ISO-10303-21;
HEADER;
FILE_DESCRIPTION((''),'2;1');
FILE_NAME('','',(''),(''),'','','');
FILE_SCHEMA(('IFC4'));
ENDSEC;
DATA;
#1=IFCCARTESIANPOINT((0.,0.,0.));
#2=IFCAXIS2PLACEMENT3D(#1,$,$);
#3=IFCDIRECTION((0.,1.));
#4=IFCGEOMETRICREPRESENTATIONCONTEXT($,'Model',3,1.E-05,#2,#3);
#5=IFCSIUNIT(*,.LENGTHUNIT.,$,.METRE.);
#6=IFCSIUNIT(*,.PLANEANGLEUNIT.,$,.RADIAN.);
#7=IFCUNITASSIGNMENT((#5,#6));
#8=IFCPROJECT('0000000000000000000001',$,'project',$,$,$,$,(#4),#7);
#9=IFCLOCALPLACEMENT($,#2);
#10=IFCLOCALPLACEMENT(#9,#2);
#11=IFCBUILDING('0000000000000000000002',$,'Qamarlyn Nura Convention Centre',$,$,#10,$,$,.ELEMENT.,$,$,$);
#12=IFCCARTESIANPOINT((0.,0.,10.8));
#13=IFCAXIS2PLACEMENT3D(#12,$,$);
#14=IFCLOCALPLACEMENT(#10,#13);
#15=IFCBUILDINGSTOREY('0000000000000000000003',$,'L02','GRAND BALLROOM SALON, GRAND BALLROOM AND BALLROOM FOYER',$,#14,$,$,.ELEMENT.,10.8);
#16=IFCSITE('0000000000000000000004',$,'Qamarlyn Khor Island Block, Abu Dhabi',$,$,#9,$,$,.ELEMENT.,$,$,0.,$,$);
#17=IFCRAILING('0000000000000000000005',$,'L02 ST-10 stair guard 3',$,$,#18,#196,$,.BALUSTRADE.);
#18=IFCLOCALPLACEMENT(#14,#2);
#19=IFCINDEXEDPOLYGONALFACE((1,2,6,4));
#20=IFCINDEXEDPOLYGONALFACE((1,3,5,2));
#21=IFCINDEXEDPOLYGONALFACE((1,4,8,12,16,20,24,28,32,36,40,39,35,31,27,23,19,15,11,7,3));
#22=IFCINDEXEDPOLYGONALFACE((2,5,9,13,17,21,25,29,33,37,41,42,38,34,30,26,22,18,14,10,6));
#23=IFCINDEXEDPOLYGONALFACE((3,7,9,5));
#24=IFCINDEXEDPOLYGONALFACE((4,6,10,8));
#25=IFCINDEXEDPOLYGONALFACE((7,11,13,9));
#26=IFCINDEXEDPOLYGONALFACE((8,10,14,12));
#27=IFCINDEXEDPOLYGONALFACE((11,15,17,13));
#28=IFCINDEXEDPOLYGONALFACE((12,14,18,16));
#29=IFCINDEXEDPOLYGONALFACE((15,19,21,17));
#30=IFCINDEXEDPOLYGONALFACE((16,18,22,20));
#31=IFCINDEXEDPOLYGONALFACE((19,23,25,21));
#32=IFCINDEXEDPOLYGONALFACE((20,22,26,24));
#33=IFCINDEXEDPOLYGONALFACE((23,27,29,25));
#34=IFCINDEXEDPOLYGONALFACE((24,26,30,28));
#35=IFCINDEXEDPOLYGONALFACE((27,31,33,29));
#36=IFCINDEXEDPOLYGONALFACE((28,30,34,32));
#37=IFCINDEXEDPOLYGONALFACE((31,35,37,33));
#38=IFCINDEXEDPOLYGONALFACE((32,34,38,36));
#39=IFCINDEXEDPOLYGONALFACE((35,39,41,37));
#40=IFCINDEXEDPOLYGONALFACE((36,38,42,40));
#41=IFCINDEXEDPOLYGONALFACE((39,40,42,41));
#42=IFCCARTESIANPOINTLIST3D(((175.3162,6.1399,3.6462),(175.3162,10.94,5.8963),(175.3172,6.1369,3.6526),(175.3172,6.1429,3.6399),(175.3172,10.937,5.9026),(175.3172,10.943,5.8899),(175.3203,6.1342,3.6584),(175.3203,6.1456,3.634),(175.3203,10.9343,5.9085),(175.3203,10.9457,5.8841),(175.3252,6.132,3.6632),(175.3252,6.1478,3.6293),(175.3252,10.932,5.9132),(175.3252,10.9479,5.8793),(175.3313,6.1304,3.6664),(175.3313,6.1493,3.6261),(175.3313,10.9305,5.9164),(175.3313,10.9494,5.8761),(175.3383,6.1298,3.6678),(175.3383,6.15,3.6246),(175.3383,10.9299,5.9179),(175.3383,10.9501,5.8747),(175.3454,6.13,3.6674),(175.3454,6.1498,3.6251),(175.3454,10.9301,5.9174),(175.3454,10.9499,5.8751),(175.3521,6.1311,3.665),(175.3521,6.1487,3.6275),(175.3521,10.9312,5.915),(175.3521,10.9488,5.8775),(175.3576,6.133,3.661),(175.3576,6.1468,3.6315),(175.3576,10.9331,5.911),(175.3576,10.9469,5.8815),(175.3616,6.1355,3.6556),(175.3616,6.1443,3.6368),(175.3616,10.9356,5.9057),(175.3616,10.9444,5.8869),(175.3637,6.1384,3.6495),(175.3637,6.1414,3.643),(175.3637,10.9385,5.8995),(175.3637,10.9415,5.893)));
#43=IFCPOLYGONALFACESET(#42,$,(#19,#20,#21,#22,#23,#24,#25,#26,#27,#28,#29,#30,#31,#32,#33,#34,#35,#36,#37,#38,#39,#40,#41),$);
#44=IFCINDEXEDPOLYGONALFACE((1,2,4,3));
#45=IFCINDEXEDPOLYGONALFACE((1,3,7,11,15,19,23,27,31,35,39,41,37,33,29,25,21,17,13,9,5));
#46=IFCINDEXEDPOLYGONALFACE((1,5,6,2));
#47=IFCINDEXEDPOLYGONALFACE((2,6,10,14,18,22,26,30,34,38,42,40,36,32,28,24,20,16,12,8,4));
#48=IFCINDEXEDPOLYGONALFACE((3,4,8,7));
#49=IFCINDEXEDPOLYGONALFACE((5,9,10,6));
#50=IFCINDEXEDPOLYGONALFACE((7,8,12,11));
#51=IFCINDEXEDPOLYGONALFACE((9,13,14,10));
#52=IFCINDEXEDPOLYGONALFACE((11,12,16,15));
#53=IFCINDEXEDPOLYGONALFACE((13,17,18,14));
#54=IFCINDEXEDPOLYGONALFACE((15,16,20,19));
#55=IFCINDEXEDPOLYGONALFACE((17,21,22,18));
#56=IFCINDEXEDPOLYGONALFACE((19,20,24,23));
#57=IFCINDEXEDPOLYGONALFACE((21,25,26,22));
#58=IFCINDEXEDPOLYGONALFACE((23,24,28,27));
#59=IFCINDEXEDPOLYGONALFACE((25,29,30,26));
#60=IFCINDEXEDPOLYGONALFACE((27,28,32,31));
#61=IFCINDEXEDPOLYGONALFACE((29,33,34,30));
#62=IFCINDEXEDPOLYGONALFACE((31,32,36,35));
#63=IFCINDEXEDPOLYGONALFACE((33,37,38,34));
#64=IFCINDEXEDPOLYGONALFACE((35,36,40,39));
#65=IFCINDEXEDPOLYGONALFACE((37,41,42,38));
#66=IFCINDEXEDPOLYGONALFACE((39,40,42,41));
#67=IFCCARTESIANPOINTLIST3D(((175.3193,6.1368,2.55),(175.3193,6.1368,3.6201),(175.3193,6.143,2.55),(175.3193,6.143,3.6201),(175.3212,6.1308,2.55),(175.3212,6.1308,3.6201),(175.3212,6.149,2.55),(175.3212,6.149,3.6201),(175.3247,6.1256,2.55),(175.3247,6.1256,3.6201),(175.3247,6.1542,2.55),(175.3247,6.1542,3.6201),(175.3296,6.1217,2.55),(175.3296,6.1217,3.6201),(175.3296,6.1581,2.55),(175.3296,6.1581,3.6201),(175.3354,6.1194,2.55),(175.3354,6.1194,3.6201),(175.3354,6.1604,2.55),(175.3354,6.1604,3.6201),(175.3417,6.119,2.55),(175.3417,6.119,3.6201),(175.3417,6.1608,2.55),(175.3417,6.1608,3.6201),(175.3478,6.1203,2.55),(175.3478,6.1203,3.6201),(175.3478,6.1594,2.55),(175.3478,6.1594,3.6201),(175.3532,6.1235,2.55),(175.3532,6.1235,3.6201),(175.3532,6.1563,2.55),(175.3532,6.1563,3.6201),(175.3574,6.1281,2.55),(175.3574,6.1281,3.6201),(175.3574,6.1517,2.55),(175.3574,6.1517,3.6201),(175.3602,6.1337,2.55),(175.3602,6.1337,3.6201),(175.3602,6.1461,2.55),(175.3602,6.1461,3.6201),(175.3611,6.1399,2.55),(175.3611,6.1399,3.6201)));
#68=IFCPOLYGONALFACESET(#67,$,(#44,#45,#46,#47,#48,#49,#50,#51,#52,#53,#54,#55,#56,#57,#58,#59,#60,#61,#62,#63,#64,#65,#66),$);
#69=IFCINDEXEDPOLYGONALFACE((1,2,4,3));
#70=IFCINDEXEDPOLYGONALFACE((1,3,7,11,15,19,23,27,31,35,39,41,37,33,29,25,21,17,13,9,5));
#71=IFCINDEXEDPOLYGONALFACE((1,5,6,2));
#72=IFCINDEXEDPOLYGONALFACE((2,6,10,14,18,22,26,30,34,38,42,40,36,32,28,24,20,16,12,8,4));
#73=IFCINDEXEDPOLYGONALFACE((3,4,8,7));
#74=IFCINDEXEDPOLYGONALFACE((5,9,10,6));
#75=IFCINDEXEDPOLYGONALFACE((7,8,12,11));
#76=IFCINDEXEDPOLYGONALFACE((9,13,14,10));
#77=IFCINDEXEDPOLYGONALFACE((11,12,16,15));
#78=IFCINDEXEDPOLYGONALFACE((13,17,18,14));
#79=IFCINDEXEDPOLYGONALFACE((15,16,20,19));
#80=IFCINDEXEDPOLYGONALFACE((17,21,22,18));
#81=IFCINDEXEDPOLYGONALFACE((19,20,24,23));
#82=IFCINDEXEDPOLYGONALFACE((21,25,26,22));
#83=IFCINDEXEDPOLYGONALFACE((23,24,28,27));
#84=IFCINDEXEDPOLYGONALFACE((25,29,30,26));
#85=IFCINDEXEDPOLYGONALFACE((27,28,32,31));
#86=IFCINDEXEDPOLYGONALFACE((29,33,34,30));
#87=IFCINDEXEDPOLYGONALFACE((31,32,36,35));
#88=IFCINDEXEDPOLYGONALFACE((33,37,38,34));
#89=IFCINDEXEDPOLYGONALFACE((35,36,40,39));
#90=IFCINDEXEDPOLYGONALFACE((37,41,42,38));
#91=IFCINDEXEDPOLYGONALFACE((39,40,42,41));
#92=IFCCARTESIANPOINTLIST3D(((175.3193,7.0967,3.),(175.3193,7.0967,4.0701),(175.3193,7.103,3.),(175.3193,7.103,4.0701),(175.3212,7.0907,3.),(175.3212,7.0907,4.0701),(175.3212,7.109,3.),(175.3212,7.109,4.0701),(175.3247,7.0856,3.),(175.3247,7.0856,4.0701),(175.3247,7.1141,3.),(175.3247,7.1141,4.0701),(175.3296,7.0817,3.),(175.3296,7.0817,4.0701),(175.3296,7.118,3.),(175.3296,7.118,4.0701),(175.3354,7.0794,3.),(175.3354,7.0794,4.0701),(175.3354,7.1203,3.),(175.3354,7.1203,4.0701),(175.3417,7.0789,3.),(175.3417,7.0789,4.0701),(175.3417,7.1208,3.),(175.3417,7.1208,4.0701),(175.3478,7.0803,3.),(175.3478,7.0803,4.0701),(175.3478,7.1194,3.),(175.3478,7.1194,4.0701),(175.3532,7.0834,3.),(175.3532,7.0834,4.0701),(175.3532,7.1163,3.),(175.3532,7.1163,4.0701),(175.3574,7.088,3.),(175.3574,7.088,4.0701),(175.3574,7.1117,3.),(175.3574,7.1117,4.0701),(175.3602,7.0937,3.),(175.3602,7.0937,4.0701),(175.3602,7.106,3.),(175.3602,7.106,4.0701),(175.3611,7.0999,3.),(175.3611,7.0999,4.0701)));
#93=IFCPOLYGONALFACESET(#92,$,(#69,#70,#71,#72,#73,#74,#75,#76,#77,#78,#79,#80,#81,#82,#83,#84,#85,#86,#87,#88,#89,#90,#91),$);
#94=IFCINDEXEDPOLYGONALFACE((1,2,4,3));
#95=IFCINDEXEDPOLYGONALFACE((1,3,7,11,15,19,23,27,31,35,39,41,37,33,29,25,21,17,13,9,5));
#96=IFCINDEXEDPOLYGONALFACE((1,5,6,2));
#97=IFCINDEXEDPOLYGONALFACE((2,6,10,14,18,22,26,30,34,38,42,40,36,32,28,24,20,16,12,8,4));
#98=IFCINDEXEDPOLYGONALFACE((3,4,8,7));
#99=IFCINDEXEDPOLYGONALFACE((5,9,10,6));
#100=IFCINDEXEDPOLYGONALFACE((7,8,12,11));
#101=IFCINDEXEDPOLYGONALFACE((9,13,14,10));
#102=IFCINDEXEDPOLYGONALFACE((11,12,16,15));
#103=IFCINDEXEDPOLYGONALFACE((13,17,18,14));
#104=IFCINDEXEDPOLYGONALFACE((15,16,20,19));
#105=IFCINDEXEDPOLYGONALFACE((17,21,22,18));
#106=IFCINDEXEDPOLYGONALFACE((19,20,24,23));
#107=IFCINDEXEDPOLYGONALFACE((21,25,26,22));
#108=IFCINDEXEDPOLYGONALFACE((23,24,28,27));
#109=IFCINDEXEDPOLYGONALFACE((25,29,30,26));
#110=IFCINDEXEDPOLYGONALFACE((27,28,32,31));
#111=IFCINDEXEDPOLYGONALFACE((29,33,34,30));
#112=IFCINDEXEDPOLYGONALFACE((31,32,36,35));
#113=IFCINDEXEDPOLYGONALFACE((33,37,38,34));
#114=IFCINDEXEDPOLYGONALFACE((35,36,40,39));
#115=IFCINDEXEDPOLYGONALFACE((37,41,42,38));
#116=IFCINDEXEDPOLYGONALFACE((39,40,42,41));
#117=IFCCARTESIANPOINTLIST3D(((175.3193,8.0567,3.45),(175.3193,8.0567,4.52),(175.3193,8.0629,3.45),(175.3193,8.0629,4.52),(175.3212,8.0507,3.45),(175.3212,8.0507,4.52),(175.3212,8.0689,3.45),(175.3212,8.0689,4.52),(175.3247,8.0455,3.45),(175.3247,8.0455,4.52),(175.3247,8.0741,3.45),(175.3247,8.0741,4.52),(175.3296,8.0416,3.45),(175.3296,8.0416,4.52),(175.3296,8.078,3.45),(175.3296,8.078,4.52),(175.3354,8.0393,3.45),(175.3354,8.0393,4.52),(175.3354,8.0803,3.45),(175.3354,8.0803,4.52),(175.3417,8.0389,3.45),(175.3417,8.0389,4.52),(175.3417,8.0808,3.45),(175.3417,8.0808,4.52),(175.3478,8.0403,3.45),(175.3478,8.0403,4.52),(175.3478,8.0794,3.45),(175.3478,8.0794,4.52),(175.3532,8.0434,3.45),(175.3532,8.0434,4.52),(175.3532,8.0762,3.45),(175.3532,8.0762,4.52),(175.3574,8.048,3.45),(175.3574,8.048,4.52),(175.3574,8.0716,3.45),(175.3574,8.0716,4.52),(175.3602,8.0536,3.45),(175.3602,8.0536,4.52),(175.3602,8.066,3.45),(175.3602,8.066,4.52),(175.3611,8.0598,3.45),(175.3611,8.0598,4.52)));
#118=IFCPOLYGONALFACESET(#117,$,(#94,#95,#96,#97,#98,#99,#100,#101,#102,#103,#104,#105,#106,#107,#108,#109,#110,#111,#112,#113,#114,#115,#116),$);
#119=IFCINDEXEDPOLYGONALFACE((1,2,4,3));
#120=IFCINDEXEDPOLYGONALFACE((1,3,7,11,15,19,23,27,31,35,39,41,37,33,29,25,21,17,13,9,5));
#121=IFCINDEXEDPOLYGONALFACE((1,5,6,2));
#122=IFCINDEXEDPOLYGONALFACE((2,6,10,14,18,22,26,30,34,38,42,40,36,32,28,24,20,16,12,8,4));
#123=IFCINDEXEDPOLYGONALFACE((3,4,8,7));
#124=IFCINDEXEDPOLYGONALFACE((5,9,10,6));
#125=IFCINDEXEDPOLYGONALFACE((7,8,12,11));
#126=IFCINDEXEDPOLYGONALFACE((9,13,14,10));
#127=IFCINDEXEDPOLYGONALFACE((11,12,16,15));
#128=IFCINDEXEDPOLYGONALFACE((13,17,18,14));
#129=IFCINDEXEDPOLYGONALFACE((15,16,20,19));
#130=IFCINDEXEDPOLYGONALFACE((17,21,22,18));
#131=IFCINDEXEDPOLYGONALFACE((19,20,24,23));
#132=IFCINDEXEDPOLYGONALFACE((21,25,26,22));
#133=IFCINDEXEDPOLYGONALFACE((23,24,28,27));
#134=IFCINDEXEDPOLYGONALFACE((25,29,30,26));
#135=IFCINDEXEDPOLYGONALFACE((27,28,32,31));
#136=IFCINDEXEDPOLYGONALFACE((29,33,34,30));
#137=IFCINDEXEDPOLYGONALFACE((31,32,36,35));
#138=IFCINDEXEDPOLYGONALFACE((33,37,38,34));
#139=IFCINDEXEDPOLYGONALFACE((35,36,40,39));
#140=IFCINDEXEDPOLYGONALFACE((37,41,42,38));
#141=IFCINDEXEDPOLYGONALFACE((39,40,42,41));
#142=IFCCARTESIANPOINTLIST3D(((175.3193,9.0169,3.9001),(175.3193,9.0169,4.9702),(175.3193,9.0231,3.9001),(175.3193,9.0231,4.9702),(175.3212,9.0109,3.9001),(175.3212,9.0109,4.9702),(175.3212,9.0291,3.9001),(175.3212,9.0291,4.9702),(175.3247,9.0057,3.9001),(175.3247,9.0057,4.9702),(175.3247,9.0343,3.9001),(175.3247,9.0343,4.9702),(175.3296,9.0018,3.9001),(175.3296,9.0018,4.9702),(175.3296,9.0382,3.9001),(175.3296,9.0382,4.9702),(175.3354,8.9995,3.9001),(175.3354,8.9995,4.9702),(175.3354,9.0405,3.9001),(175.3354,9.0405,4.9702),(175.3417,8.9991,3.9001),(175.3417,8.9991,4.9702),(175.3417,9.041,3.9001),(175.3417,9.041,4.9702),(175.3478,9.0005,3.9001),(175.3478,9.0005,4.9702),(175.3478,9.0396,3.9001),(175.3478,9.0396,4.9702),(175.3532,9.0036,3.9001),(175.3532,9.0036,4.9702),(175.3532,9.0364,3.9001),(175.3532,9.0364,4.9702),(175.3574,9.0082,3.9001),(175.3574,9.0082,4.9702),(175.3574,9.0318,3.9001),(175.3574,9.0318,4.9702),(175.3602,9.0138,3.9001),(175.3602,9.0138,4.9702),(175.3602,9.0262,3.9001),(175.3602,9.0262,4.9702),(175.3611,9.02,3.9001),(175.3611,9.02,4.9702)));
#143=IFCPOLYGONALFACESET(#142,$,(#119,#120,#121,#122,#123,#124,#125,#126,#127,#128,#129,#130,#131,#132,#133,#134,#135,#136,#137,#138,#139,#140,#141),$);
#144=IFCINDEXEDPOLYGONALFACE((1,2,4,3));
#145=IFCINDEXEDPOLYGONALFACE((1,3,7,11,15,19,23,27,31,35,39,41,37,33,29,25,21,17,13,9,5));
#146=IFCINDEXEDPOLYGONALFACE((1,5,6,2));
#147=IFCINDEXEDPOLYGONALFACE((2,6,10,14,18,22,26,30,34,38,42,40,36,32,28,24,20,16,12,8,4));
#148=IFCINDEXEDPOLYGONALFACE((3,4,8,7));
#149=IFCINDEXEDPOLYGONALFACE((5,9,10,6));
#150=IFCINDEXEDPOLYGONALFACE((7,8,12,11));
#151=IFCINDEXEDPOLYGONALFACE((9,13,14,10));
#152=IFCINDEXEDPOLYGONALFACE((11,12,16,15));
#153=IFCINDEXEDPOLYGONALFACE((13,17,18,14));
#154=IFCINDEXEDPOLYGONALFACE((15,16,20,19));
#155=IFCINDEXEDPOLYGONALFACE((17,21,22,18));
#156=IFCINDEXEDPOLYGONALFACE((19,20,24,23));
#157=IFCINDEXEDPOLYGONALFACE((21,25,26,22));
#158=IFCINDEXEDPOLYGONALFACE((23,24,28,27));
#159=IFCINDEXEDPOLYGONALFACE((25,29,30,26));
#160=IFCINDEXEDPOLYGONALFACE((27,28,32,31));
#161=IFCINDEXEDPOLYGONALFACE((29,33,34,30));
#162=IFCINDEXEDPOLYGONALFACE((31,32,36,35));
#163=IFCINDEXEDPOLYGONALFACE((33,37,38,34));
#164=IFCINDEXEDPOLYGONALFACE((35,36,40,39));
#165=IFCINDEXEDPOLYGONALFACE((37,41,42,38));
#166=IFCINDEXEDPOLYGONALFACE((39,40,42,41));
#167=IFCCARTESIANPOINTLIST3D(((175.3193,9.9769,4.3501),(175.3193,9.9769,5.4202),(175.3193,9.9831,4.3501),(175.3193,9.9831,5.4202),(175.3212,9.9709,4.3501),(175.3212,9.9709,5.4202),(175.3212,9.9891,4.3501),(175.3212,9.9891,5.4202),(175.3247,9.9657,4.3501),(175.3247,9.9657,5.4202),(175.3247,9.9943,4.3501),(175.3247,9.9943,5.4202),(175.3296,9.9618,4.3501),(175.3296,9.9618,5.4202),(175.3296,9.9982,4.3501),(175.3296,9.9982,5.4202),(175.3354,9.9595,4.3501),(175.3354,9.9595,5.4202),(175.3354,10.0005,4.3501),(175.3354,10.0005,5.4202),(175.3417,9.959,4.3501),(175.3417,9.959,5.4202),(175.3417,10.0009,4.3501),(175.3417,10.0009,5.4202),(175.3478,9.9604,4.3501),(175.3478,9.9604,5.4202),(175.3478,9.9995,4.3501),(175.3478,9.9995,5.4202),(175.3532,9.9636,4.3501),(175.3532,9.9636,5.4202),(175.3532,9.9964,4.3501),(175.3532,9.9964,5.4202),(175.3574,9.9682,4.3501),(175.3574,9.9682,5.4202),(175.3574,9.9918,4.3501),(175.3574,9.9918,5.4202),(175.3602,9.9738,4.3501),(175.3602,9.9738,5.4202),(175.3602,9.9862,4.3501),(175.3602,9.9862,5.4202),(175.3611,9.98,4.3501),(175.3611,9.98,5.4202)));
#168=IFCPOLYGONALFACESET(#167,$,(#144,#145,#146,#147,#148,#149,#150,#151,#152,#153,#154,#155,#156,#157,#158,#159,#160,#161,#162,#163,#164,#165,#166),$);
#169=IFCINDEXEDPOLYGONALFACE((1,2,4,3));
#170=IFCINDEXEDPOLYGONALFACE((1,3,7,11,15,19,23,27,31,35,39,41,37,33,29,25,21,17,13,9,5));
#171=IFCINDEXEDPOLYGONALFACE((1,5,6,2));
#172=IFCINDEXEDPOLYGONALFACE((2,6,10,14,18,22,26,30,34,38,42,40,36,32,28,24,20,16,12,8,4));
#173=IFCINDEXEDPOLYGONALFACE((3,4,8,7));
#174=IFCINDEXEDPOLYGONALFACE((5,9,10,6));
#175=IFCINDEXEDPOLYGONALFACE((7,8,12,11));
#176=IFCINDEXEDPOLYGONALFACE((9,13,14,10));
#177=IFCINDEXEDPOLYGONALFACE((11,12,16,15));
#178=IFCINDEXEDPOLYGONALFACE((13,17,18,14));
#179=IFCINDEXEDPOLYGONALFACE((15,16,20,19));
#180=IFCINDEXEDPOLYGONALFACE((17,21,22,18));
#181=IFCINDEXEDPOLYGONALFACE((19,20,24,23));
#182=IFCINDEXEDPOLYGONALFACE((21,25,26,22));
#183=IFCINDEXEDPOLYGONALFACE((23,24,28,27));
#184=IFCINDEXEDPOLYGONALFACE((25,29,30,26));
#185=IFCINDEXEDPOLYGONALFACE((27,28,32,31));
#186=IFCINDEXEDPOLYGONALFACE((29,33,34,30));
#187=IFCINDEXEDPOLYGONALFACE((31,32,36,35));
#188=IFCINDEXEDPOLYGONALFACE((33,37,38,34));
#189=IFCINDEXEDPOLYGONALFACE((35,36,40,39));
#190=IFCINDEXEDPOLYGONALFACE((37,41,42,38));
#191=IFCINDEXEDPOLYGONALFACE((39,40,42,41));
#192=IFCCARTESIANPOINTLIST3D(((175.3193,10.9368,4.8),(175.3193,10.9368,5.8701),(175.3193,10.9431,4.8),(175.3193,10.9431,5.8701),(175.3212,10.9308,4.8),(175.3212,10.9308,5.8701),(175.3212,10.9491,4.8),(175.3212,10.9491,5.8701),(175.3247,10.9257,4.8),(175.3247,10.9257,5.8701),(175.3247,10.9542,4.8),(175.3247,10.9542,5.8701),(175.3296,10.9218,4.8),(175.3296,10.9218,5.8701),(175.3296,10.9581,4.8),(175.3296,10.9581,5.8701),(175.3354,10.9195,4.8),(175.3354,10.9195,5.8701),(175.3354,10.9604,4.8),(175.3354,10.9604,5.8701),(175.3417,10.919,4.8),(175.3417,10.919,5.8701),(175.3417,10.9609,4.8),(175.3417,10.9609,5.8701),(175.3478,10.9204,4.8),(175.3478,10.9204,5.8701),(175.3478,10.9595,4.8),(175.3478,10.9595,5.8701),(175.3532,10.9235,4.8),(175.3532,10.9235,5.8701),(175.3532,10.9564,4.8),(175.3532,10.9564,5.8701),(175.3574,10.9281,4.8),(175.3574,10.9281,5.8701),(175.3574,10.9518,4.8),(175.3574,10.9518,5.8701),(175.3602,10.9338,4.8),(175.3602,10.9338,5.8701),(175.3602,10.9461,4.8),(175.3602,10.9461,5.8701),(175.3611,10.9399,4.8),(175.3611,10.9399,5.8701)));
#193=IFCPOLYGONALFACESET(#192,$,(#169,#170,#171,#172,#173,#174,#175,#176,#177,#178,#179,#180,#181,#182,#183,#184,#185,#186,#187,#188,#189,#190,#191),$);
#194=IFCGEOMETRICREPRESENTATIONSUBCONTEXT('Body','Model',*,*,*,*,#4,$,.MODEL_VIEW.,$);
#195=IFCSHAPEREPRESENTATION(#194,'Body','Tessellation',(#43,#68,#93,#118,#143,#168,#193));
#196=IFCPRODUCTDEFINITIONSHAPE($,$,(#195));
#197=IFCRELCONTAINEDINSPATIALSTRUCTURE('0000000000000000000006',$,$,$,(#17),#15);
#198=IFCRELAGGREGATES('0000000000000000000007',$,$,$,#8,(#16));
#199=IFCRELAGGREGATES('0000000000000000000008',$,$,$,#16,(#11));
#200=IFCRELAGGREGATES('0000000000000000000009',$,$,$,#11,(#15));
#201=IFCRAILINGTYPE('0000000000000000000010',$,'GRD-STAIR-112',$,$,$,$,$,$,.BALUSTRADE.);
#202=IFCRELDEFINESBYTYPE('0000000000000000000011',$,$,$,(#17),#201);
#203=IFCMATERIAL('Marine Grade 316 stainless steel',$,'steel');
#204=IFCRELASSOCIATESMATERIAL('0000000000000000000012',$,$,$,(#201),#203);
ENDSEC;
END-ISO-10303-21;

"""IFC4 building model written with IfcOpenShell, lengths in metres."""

from ifc_helpers import new_model, si_unit, direction, frame, origin, origin_2d, place, context, subcontext, project, spatial, circle, extrude, material, type_object, element, save


model = new_model("IFC4")

# Units and contexts
model_context = context("Model", 3, precision=1e-05, world=origin(), true_north=direction((0.0, 1.0)))
body_context = subcontext(model_context, "Body", "Model", "MODEL_VIEW")
ifc_project = project(units=[si_unit("LENGTHUNIT", "METRE"), si_unit("PLANEANGLEUNIT", "RADIAN")], contexts=[model_context])

# Site, building, storey
site_placement = place(None, origin())
site = spatial("IfcSite", under=ifc_project, at=site_placement, Name="Qamarlyn Khor Island Block, Abu Dhabi", CompositionType="ELEMENT", RefElevation=0.0)
building_placement = place(site_placement, origin())
building = spatial("IfcBuilding", under=site, at=building_placement, Name="Qamarlyn Nura Convention Centre", CompositionType="ELEMENT")
storey_placement = place(building_placement, frame((0.0, 0.0, 10.8)))
storey = spatial("IfcBuildingStorey", under=building, at=storey_placement, Name="L02", Description="GRAND BALLROOM SALON, GRAND BALLROOM AND BALLROOM FOYER", CompositionType="ELEMENT", Elevation=10.8)

# Railing
ifc_material_1 = material(Name="Marine Grade 316 stainless steel", Category="steel")
railing_type_1 = type_object("IfcRailingType", Name="GRD-STAIR-112", PredefinedType="BALUSTRADE", material=ifc_material_1)
railing_1_placement = place(storey_placement, frame((175.3401, 6.1399, 2.55)))
element("IfcRailing", 1, at=railing_1_placement, inside=storey, type_object=railing_type_1, Name="L02 ST-10 stair guard 3", PredefinedType="BALUSTRADE", context=body_context, shape_type="SweptSolid", body=[
    extrude(circle(Radius=0.0239, at=origin_2d()), frame((0.0, 0.0, 1.0962), z_axis=(0.0, 0.905461, 0.42443), x_axis=(-1.0, 0.0, 0.0)), (0.0, 0.0, 1.0), 5.3013),
    extrude(circle(Radius=0.021, at=origin_2d()), origin(), (0.0, 0.0, 1.0), 1.0701),
    extrude(circle(Radius=0.021, at=origin_2d()), frame((0.0, 0.96, 0.45)), (0.0, 0.0, 1.0), 1.0701),
    extrude(circle(Radius=0.021, at=origin_2d()), frame((0.0, 1.9199, 0.8999)), (0.0, 0.0, 1.0), 1.0701),
    extrude(circle(Radius=0.021, at=origin_2d()), frame((0.0, 2.8801, 1.3501)), (0.0, 0.0, 1.0), 1.0701),
    extrude(circle(Radius=0.021, at=origin_2d()), frame((0.0, 3.8401, 1.8)), (0.0, 0.0, 1.0), 1.0701),
    extrude(circle(Radius=0.021, at=origin_2d()), frame((0.0, 4.8, 2.25)), (0.0, 0.0, 1.0), 1.0701),
])

save(model, "model.ifc")
